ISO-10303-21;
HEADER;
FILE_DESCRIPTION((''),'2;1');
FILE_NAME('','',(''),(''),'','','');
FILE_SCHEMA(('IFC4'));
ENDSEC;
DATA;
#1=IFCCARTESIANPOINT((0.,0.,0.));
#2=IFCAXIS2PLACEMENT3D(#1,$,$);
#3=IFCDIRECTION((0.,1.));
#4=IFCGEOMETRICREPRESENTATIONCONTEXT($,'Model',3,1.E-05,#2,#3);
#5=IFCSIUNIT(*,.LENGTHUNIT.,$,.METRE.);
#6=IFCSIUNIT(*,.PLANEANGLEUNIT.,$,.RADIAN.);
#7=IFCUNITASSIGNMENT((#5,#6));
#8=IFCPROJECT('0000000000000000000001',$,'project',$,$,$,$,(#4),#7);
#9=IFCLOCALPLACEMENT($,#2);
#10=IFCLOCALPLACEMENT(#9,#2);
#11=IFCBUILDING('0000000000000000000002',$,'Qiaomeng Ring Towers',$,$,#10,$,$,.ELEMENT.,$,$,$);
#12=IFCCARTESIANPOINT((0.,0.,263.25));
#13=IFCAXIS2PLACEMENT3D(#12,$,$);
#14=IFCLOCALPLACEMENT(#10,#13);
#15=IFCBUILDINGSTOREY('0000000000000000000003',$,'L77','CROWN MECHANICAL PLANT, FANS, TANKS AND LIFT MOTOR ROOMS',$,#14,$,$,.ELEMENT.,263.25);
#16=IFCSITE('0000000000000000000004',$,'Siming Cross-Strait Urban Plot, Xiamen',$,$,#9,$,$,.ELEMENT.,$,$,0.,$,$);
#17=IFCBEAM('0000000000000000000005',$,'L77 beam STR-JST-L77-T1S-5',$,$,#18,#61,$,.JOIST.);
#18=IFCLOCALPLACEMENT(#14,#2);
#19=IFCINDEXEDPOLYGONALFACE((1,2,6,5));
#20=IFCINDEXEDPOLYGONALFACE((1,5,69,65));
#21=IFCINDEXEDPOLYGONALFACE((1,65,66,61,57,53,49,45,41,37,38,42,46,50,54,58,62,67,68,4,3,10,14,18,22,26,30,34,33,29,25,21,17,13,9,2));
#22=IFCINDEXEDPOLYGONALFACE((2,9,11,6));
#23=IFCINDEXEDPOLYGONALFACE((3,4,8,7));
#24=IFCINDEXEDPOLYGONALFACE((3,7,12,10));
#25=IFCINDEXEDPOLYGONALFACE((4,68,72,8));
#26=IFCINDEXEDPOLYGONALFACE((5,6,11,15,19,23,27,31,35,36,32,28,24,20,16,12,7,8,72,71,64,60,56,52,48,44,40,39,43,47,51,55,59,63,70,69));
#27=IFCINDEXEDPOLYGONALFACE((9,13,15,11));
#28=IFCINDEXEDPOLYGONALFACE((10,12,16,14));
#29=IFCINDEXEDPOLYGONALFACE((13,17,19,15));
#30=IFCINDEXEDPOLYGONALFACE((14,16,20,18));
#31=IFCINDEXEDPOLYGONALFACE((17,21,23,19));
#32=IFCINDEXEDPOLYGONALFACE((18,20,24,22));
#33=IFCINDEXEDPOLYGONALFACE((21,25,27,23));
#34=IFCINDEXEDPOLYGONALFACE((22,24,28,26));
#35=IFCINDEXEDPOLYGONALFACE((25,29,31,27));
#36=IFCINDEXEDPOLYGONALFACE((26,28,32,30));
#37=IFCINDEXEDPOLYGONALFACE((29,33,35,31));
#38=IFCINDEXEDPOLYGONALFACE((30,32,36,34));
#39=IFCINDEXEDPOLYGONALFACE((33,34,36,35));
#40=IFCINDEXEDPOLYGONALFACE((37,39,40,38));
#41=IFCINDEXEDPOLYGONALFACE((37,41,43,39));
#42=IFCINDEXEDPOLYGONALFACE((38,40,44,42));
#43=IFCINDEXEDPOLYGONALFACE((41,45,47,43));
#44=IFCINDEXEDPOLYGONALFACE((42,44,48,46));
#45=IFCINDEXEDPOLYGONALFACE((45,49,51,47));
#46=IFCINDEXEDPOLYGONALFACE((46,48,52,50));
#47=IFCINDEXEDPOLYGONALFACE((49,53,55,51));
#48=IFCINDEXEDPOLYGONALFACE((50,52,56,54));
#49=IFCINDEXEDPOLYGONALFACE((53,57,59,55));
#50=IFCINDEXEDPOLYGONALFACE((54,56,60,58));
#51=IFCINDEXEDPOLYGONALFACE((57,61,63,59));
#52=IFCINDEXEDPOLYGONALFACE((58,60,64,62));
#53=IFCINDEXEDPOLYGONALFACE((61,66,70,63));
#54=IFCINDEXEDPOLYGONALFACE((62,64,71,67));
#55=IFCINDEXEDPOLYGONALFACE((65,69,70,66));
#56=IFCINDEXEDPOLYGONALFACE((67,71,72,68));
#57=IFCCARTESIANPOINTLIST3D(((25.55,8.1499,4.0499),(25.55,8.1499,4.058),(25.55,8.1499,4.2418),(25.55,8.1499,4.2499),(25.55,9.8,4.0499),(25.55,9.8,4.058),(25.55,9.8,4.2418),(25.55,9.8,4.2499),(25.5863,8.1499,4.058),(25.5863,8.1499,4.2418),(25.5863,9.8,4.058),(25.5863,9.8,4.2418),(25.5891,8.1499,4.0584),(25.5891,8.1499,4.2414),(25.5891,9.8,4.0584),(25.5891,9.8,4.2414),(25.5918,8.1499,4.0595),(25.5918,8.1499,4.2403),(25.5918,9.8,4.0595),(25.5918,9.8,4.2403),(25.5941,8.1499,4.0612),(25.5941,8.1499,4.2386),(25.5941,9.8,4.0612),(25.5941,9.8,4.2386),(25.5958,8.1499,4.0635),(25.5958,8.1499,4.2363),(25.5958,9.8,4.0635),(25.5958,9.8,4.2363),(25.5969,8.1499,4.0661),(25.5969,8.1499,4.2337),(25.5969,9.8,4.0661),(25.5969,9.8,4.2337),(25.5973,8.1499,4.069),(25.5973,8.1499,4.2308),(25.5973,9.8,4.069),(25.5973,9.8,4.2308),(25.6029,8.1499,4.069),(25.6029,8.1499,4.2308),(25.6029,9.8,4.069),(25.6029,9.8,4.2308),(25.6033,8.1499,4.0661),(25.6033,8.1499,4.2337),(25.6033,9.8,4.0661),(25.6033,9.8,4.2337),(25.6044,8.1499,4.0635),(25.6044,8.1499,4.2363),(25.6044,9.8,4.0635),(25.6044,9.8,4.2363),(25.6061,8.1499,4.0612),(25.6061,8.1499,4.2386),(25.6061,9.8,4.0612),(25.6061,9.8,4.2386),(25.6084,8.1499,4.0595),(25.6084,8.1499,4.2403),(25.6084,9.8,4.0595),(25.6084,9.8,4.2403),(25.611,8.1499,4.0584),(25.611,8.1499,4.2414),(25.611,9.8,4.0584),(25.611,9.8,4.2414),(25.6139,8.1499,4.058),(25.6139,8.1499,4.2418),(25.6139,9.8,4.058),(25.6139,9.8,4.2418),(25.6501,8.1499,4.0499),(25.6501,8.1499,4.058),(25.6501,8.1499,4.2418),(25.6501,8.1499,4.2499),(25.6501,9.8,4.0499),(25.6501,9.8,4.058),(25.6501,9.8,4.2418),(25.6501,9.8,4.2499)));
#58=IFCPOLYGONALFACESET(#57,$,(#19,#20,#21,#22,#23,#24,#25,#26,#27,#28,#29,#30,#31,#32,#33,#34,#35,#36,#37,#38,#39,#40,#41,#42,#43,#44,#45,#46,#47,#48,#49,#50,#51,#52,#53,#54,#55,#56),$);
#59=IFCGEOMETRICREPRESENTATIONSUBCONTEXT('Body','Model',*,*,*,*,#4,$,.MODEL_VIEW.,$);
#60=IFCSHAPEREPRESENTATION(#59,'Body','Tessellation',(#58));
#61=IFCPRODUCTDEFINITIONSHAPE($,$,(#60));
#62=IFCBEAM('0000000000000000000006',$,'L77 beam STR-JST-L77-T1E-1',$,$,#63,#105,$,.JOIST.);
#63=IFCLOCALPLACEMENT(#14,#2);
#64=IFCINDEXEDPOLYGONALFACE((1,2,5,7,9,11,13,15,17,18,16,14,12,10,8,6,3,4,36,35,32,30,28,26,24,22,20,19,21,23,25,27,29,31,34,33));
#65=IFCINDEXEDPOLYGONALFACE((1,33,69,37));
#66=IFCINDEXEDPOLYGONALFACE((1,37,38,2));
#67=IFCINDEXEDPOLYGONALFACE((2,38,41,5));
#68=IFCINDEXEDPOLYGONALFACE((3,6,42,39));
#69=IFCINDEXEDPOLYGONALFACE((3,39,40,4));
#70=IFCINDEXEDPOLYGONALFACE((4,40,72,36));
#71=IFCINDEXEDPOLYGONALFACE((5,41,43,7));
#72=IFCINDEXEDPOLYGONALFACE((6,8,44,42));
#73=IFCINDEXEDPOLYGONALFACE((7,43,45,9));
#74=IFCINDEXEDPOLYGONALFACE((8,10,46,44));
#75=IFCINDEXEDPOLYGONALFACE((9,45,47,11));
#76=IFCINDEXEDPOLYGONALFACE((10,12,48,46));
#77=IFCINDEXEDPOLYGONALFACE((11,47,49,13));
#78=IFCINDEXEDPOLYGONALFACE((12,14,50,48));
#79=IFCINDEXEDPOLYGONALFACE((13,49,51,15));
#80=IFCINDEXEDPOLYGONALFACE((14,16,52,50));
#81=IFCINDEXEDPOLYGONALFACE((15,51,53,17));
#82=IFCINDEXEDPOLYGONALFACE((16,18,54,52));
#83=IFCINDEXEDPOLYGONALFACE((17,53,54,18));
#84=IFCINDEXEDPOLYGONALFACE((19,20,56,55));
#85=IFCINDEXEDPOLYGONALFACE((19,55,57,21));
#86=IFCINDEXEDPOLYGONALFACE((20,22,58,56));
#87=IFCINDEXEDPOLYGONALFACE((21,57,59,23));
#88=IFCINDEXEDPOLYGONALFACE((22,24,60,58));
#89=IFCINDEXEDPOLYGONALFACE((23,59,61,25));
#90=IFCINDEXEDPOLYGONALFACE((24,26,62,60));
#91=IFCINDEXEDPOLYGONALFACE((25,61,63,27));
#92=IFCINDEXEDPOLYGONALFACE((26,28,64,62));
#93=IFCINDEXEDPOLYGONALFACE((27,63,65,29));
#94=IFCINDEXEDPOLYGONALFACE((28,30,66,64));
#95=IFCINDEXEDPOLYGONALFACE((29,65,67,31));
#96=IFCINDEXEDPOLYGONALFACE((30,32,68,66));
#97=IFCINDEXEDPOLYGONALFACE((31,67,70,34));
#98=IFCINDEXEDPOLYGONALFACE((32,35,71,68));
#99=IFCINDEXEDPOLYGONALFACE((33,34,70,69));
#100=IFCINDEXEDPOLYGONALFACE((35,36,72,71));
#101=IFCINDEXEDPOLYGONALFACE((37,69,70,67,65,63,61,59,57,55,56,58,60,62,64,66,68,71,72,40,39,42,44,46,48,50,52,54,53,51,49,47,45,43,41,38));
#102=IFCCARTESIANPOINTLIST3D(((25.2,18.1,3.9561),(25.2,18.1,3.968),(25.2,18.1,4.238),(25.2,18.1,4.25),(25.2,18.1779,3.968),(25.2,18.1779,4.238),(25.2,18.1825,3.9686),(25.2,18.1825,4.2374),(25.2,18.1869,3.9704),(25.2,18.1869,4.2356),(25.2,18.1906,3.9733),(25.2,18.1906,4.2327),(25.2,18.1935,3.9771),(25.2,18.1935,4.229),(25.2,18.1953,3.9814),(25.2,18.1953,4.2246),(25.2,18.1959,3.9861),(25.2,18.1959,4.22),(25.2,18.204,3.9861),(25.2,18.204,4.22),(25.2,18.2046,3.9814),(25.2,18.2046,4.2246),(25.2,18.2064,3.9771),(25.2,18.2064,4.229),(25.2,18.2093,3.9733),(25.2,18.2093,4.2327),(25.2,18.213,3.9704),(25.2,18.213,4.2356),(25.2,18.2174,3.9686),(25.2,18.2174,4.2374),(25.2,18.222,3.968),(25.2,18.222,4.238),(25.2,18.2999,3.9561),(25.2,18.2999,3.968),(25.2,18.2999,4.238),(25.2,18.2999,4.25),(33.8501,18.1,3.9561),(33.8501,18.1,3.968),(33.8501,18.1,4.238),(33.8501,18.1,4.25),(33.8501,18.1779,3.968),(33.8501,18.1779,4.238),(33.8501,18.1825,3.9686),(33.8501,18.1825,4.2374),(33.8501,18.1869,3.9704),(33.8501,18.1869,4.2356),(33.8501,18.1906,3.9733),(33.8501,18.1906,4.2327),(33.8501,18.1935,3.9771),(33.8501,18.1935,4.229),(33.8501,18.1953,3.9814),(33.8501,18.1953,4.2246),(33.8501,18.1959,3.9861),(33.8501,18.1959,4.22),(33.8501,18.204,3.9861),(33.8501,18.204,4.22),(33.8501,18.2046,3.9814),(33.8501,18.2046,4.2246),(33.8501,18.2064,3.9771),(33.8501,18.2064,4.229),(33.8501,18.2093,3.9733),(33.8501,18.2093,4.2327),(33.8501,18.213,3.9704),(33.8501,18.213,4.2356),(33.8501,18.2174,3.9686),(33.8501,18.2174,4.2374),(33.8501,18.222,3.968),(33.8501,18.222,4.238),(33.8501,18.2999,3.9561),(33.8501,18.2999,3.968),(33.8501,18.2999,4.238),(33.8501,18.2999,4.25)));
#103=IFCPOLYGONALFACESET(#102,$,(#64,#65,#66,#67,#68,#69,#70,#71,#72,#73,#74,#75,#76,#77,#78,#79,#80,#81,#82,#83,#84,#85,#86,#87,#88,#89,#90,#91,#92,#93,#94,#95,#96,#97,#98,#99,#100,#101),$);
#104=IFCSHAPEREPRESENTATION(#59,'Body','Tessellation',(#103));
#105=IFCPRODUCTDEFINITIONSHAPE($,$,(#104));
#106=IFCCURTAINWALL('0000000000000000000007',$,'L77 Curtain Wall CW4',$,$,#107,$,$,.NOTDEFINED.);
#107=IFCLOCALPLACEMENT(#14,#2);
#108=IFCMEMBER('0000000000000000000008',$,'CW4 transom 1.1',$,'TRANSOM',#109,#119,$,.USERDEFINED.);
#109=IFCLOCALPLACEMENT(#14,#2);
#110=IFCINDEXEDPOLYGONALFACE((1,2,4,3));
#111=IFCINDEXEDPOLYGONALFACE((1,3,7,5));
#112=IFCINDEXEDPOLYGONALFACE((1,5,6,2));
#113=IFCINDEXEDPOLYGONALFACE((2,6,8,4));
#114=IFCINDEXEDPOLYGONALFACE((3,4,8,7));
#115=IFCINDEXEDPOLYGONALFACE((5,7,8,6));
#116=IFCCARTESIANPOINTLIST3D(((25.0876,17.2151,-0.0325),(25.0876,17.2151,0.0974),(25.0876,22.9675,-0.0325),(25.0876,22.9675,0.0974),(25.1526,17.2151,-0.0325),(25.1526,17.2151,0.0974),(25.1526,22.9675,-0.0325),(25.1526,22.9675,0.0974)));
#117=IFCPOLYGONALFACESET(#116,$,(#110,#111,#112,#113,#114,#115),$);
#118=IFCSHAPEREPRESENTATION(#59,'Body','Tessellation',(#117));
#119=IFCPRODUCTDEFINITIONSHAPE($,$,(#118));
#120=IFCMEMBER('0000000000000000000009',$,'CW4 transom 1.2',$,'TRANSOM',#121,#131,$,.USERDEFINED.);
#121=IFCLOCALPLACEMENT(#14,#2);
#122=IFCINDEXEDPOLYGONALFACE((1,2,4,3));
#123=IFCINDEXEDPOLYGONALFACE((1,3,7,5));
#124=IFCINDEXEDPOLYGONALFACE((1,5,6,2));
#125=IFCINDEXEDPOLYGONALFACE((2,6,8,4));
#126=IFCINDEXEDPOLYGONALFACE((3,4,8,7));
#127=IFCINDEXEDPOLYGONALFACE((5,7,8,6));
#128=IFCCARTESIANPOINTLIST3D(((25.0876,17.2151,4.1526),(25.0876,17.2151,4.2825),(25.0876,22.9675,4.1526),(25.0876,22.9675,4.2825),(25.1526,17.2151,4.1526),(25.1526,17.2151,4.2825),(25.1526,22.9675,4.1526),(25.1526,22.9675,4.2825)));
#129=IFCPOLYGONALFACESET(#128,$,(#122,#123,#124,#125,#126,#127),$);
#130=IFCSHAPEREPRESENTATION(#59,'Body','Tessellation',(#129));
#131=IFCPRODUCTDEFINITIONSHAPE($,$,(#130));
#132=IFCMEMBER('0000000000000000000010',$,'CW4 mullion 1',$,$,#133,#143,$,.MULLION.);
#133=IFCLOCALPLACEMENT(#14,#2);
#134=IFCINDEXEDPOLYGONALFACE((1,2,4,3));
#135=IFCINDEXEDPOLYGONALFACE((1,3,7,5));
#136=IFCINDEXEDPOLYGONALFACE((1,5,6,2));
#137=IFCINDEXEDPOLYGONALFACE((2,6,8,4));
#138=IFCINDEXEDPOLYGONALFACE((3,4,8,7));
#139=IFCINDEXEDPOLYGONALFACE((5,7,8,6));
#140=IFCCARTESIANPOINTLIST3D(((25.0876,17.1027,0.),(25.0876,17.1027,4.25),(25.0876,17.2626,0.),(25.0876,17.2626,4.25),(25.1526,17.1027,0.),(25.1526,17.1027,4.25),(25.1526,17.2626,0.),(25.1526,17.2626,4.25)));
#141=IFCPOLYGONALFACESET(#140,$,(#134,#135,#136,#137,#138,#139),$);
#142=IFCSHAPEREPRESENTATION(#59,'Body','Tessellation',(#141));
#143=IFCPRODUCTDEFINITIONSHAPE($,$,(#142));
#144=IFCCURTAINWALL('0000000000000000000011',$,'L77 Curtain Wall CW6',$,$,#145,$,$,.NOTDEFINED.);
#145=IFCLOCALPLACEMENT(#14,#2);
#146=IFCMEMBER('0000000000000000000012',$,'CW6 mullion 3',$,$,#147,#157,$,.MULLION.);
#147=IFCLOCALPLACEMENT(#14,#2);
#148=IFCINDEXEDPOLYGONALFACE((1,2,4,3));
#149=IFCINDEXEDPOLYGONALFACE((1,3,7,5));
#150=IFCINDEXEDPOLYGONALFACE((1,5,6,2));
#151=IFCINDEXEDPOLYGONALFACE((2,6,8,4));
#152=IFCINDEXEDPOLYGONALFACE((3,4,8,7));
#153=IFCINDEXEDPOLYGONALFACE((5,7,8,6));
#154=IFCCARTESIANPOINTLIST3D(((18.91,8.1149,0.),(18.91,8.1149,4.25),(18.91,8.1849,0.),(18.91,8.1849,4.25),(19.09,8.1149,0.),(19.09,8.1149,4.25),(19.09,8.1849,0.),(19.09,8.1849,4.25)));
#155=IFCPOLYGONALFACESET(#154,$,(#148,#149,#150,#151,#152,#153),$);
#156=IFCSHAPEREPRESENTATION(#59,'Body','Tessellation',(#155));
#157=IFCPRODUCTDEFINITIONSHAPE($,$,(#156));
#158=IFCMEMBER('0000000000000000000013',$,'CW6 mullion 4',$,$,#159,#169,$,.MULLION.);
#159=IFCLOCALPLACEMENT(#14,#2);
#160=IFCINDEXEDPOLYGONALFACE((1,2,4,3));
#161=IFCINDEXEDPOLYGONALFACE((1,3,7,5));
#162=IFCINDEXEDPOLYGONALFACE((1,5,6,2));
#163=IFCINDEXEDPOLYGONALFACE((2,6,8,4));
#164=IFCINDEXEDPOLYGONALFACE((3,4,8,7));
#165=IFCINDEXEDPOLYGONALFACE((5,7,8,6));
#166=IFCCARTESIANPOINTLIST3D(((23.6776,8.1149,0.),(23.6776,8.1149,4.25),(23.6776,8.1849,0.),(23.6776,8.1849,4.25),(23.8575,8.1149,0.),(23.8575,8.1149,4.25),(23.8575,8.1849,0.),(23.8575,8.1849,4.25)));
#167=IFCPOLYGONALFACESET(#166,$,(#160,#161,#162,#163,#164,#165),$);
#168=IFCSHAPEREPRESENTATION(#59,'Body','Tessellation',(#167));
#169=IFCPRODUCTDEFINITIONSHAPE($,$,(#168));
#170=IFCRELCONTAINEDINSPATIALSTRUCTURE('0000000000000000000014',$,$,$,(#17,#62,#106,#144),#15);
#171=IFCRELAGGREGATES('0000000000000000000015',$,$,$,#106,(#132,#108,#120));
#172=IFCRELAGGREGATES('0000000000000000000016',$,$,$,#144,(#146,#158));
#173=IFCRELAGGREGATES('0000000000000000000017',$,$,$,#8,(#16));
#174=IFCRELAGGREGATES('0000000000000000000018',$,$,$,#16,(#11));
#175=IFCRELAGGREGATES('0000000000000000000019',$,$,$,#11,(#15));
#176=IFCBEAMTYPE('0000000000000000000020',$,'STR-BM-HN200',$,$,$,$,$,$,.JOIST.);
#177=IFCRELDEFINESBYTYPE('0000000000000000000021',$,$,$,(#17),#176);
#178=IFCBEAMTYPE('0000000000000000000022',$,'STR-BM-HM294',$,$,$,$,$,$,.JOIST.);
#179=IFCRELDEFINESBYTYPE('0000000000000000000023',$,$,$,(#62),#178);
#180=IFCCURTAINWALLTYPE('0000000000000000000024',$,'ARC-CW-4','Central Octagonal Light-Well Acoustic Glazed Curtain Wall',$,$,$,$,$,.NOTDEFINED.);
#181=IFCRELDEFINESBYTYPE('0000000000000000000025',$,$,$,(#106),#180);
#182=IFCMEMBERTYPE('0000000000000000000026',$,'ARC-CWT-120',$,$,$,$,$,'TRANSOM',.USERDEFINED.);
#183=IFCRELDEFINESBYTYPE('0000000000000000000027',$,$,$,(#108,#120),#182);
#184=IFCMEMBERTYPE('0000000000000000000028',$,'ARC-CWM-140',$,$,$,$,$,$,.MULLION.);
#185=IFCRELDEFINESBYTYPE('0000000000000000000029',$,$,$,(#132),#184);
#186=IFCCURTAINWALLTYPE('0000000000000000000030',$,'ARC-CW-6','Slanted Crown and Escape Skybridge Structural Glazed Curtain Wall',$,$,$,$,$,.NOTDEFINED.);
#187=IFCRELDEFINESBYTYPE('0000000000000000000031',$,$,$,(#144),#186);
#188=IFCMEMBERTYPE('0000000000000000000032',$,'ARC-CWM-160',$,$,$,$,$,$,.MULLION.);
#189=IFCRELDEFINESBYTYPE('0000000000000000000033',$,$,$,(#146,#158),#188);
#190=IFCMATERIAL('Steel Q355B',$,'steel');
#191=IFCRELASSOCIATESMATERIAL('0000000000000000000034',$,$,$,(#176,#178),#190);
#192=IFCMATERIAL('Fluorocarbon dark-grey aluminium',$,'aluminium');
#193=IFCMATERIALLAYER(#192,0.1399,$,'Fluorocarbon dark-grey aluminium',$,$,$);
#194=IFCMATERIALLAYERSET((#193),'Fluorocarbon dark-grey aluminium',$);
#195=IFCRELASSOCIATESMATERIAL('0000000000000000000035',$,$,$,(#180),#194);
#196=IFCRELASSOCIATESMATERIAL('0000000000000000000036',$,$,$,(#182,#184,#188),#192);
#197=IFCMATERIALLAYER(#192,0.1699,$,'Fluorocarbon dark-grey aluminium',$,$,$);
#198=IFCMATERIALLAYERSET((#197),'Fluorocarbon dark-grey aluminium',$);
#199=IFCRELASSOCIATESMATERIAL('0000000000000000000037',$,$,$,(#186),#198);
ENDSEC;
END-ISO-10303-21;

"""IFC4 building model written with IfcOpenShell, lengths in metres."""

from ifc_helpers import new_model, si_unit, direction, frame, origin, origin_2d, place, context, subcontext, project, spatial, rectangle, i_section, extrude, source, transform, mapped, material, layer, layer_set, material_profile, profile_set, type_object, element, aggregate, save


model = new_model("IFC4")

# Units and contexts
model_context = context("Model", 3, precision=1e-05, world=origin(), true_north=direction((0.0, 1.0)))
body_context = subcontext(model_context, "Body", "Model", "MODEL_VIEW")
ifc_project = project(units=[si_unit("LENGTHUNIT", "METRE"), si_unit("PLANEANGLEUNIT", "RADIAN")], contexts=[model_context])

# Site, building, storey
site_placement = place(None, origin())
site = spatial("IfcSite", under=ifc_project, at=site_placement, Name="Siming Cross-Strait Urban Plot, Xiamen", CompositionType="ELEMENT", RefElevation=0.0)
building_placement = place(site_placement, origin())
building = spatial("IfcBuilding", under=site, at=building_placement, Name="Qiaomeng Ring Towers", CompositionType="ELEMENT")
storey_placement = place(building_placement, frame((0.0, 0.0, 263.25)))
storey = spatial("IfcBuildingStorey", under=building, at=storey_placement, Name="L77", Description="CROWN MECHANICAL PLANT, FANS, TANKS AND LIFT MOTOR ROOMS", CompositionType="ELEMENT", Elevation=263.25)

# Beams
ifc_material_1 = material(Name="Steel Q355B", Category="steel")
ifc_material_profile_1 = material_profile(ifc_material_1, i_section(OverallWidth=0.1001, OverallDepth=0.2, WebThickness=0.0056, FlangeThickness=0.0081, FilletRadius=0.011, at=origin_2d()), Name="HN 200x100x5.5x8")
ifc_profile_set_1 = profile_set([ifc_material_profile_1], Name="Steel Q355B")
beam_type_1 = type_object("IfcBeamType", Name="STR-BM-HN200", PredefinedType="JOIST", material=ifc_profile_set_1)
shared_shape_1 = source(origin(), body_context, "Body", "SweptSolid", [
    extrude(i_section(OverallWidth=0.1001, OverallDepth=0.2, WebThickness=0.0056, FlangeThickness=0.0081, FilletRadius=0.011, at=origin_2d()), origin(), (0.0, 0.0, 1.0), 1.6501),
])
for number, where, z_axis, x_axis, name in (
    (1, (25.6001, 8.1499, 4.1499), (0.0, 1.0, 0.0), (-1.0, 0.0, 0.0), "L77 beam STR-JST-L77-T1S-5"),
):
    element("IfcBeam", number, at=place(storey_placement, frame(where, z_axis=z_axis, x_axis=x_axis)), inside=storey, type_object=beam_type_1, Name=name, PredefinedType="JOIST", context=body_context, shape_type="MappedRepresentation", body=[
        mapped(shared_shape_1, transform((0.0, 0.0, 0.0), x_axis=(1.0, 0.0, 0.0), y_axis=(0.0, 1.0, 0.0), z_axis=(0.0, 0.0, 1.0), scale=1.0)),
    ])
ifc_material_profile_2 = material_profile(ifc_material_1, i_section(OverallWidth=0.2, OverallDepth=0.2939, WebThickness=0.0081, FlangeThickness=0.012, FilletRadius=0.0181, at=origin_2d()), Name="HM 294x200x8x12")
ifc_profile_set_2 = profile_set([ifc_material_profile_2], Name="Steel Q355B")
beam_type_2 = type_object("IfcBeamType", Name="STR-BM-HM294", PredefinedType="JOIST", material=ifc_profile_set_2)
shared_shape_2 = source(origin(), body_context, "Body", "SweptSolid", [
    extrude(i_section(OverallWidth=0.2, OverallDepth=0.2939, WebThickness=0.0081, FlangeThickness=0.012, FilletRadius=0.0181, at=origin_2d()), origin(), (0.0, 0.0, 1.0), 8.6501),
])
beam_1_placement = place(storey_placement, frame((25.2, 18.2, 4.103), z_axis=(1.0, 0.0, 0.0), x_axis=(0.0, 1.0, 0.0)))
element("IfcBeam", 2, at=beam_1_placement, inside=storey, type_object=beam_type_2, Name="L77 beam STR-JST-L77-T1E-1", PredefinedType="JOIST", context=body_context, shape_type="MappedRepresentation", body=[
    mapped(shared_shape_2, transform((0.0, 0.0, 0.0), x_axis=(1.0, 0.0, 0.0), y_axis=(0.0, 1.0, 0.0), z_axis=(0.0, 0.0, 1.0), scale=1.0)),
])

# Curtain walls, members
ifc_material_2 = material(Name="Fluorocarbon dark-grey aluminium", Category="aluminium")
ifc_layer_1 = layer(ifc_material_2, 0.1399, Name="Fluorocarbon dark-grey aluminium")
ifc_layer_set_1 = layer_set([ifc_layer_1], Name="Fluorocarbon dark-grey aluminium")
curtain_wall_type_1 = type_object("IfcCurtainWallType", Name="ARC-CW-4", Description="Central Octagonal Light-Well Acoustic Glazed Curtain Wall", PredefinedType="NOTDEFINED", material=ifc_layer_set_1)
curtain_wall_1_placement = place(storey_placement, origin())
curtain_wall_1 = element("IfcCurtainWall", 3, at=curtain_wall_1_placement, inside=storey, type_object=curtain_wall_type_1, Name="L77 Curtain Wall CW4", PredefinedType="NOTDEFINED")
ifc_material_profile_3 = material_profile(ifc_material_2, rectangle(XDim=0.0649, YDim=0.1299, at=origin_2d()), Name="ALU TRAN 65x130")
ifc_profile_set_3 = profile_set([ifc_material_profile_3], Name="Fluorocarbon dark-grey aluminium")
member_type_1 = type_object("IfcMemberType", Name="ARC-CWT-120", ElementType="TRANSOM", PredefinedType="USERDEFINED", material=ifc_profile_set_3)
shared_shape_3 = source(origin(), body_context, "Body", "SweptSolid", [
    extrude(rectangle(XDim=0.0649, YDim=0.1299, at=origin_2d()), origin(), (0.0, 0.0, 1.0), 5.7524),
])
member_1_placement = place(storey_placement, frame((25.1201, 17.2151, 0.0325), z_axis=(0.0, 1.0, 0.0), x_axis=(-1.0, 0.0, 0.0)))
member_1 = element("IfcMember", 4, at=member_1_placement, type_object=member_type_1, Name="CW4 transom 1.1", ObjectType="TRANSOM", PredefinedType="USERDEFINED", context=body_context, shape_type="MappedRepresentation", body=[
    mapped(shared_shape_3, transform((0.0, 0.0, 0.0), x_axis=(1.0, 0.0, 0.0), y_axis=(0.0, 1.0, 0.0), z_axis=(0.0, 0.0, 1.0), scale=1.0)),
])
member_2_placement = place(storey_placement, frame((25.1201, 17.2151, 4.2175), z_axis=(0.0, 1.0, 0.0), x_axis=(-1.0, 0.0, 0.0)))
member_2 = element("IfcMember", 5, at=member_2_placement, type_object=member_type_1, Name="CW4 transom 1.2", ObjectType="TRANSOM", PredefinedType="USERDEFINED", context=body_context, shape_type="MappedRepresentation", body=[
    mapped(shared_shape_3, transform((0.0, 0.0, 0.0), x_axis=(1.0, 0.0, 0.0), y_axis=(0.0, 1.0, 0.0), z_axis=(0.0, 0.0, 1.0), scale=1.0)),
])
ifc_material_profile_4 = material_profile(ifc_material_2, rectangle(XDim=0.0649, YDim=0.1599, at=origin_2d()), Name="ALU MULL 65x160")
ifc_profile_set_4 = profile_set([ifc_material_profile_4], Name="Fluorocarbon dark-grey aluminium")
member_type_2 = type_object("IfcMemberType", Name="ARC-CWM-140", PredefinedType="MULLION", material=ifc_profile_set_4)
shared_shape_4 = source(origin(), body_context, "Body", "SweptSolid", [
    extrude(rectangle(XDim=0.0649, YDim=0.1599, at=origin_2d()), origin(), (0.0, 0.0, 1.0), 4.25),
])
member_3_placement = place(storey_placement, frame((25.1201, 17.1826, 0.0), z_axis=(0.0, 0.0, 1.0), x_axis=(-1.0, 0.0, 0.0)))
member_3 = element("IfcMember", 6, at=member_3_placement, type_object=member_type_2, Name="CW4 mullion 1", PredefinedType="MULLION", context=body_context, shape_type="MappedRepresentation", body=[
    mapped(shared_shape_4, transform((0.0, 0.0, 0.0), x_axis=(1.0, 0.0, 0.0), y_axis=(0.0, 1.0, 0.0), z_axis=(0.0, 0.0, 1.0), scale=1.0)),
])
ifc_layer_2 = layer(ifc_material_2, 0.1699, Name="Fluorocarbon dark-grey aluminium")
ifc_layer_set_2 = layer_set([ifc_layer_2], Name="Fluorocarbon dark-grey aluminium")
curtain_wall_type_2 = type_object("IfcCurtainWallType", Name="ARC-CW-6", Description="Slanted Crown and Escape Skybridge Structural Glazed Curtain Wall", PredefinedType="NOTDEFINED", material=ifc_layer_set_2)
curtain_wall_2_placement = place(storey_placement, origin())
curtain_wall_2 = element("IfcCurtainWall", 7, at=curtain_wall_2_placement, inside=storey, type_object=curtain_wall_type_2, Name="L77 Curtain Wall CW6", PredefinedType="NOTDEFINED")
ifc_material_profile_5 = material_profile(ifc_material_2, rectangle(XDim=0.0701, YDim=0.1799, at=origin_2d()), Name="ALU MULL 70x180")
ifc_profile_set_5 = profile_set([ifc_material_profile_5], Name="Fluorocarbon dark-grey aluminium")
member_type_3 = type_object("IfcMemberType", Name="ARC-CWM-160", PredefinedType="MULLION", material=ifc_profile_set_5)
shared_shape_5 = source(origin(), body_context, "Body", "SweptSolid", [
    extrude(rectangle(XDim=0.0701, YDim=0.1799, at=origin_2d()), origin(), (0.0, 0.0, 1.0), 4.25),
])
member_4_placement = place(storey_placement, frame((19.0, 8.1499, 0.0), z_axis=(0.0, 0.0, 1.0), x_axis=(0.0, 1.0, 0.0)))
member_4 = element("IfcMember", 8, at=member_4_placement, type_object=member_type_3, Name="CW6 mullion 3", PredefinedType="MULLION", context=body_context, shape_type="MappedRepresentation", body=[
    mapped(shared_shape_5, transform((0.0, 0.0, 0.0), x_axis=(1.0, 0.0, 0.0), y_axis=(0.0, 1.0, 0.0), z_axis=(0.0, 0.0, 1.0), scale=1.0)),
])
member_5_placement = place(storey_placement, frame((23.7676, 8.1499, 0.0), z_axis=(0.0, 0.0, 1.0), x_axis=(0.0, 1.0, 0.0)))
member_5 = element("IfcMember", 9, at=member_5_placement, type_object=member_type_3, Name="CW6 mullion 4", PredefinedType="MULLION", context=body_context, shape_type="MappedRepresentation", body=[
    mapped(shared_shape_5, transform((0.0, 0.0, 0.0), x_axis=(1.0, 0.0, 0.0), y_axis=(0.0, 1.0, 0.0), z_axis=(0.0, 0.0, 1.0), scale=1.0)),
])

aggregate(curtain_wall_1, [member_3, member_1, member_2])
aggregate(curtain_wall_2, [member_4, member_5])

save(model, "model.ifc")
